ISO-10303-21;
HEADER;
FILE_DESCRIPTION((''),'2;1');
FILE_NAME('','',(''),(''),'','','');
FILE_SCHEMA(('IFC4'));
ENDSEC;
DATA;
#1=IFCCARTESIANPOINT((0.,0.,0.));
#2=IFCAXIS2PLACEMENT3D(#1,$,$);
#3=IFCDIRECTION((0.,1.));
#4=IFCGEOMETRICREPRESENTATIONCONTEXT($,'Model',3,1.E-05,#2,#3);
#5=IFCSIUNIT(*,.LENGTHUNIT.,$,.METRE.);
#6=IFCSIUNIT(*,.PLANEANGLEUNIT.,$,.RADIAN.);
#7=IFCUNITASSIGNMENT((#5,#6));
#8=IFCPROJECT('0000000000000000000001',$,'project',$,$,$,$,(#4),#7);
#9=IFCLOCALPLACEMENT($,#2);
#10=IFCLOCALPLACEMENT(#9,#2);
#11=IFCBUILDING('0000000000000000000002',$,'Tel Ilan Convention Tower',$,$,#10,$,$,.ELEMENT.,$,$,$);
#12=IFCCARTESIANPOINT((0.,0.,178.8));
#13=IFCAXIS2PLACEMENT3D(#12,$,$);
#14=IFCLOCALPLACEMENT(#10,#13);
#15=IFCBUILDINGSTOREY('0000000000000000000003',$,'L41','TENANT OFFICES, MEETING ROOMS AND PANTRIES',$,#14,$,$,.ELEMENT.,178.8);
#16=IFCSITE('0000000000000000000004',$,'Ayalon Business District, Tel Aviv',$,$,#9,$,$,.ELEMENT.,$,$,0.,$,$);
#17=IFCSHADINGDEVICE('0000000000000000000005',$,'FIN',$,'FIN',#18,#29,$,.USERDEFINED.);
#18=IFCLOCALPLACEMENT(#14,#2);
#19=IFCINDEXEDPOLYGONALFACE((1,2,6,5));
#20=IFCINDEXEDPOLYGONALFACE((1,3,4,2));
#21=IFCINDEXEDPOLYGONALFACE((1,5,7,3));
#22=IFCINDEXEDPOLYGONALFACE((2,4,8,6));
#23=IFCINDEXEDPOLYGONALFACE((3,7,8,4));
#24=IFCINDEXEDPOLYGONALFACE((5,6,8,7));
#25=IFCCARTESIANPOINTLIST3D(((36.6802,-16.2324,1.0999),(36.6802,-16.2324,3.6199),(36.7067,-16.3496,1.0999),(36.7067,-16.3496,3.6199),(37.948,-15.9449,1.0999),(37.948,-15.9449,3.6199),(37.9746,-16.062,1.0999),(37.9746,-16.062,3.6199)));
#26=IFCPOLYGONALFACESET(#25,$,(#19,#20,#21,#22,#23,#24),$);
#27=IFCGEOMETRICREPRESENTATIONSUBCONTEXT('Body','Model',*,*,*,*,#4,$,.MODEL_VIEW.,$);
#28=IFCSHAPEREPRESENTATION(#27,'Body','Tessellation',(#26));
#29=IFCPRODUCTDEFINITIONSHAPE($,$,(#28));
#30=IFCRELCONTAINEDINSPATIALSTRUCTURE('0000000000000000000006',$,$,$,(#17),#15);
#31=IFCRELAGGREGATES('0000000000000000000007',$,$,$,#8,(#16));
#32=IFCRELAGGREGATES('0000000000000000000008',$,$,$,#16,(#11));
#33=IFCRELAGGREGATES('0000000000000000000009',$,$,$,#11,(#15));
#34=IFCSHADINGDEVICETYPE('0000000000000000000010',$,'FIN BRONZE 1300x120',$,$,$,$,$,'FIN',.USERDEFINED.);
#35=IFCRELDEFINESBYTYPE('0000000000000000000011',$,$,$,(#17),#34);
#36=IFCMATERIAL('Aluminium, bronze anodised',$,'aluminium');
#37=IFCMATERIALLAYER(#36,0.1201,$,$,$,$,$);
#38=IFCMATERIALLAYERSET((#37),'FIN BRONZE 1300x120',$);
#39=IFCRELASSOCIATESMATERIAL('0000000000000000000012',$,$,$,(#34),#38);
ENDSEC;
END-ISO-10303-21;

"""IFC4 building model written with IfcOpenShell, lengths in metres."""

from ifc_helpers import new_model, si_unit, direction, frame, origin, origin_2d, place, context, subcontext, project, spatial, rectangle, extrude, material, layer, layer_set, type_object, element, save


model = new_model("IFC4")

# Units and contexts
model_context = context("Model", 3, precision=1e-05, world=origin(), true_north=direction((0.0, 1.0)))
body_context = subcontext(model_context, "Body", "Model", "MODEL_VIEW")
ifc_project = project(units=[si_unit("LENGTHUNIT", "METRE"), si_unit("PLANEANGLEUNIT", "RADIAN")], contexts=[model_context])

# Site, building, storey
site_placement = place(None, origin())
site = spatial("IfcSite", under=ifc_project, at=site_placement, Name="Ayalon Business District, Tel Aviv", CompositionType="ELEMENT", RefElevation=0.0)
building_placement = place(site_placement, origin())
building = spatial("IfcBuilding", under=site, at=building_placement, Name="Tel Ilan Convention Tower", CompositionType="ELEMENT")
storey_placement = place(building_placement, frame((0.0, 0.0, 178.8)))
storey = spatial("IfcBuildingStorey", under=building, at=storey_placement, Name="L41", Description="TENANT OFFICES, MEETING ROOMS AND PANTRIES", CompositionType="ELEMENT", Elevation=178.8)

# Shading device
ifc_material_1 = material(Name="Aluminium, bronze anodised", Category="aluminium")
ifc_layer_1 = layer(ifc_material_1, 0.1201)
ifc_layer_set_1 = layer_set([ifc_layer_1], Name="FIN BRONZE 1300x120")
shading_device_type = type_object("IfcShadingDeviceType", Name="FIN BRONZE 1300x120", ElementType="FIN", PredefinedType="USERDEFINED", material=ifc_layer_set_1)
for number, where, z_axis, x_axis, name in (
    (1, (37.3274, -16.1472, 1.0999), (0.0, 0.0, 1.0), (0.975235, 0.22117, 0.0), "FIN"),
):
    element("IfcShadingDevice", number, at=place(storey_placement, frame(where, z_axis=z_axis, x_axis=x_axis)), inside=storey, type_object=shading_device_type, Name=name, ObjectType="FIN", PredefinedType="USERDEFINED", context=body_context, shape_type="SweptSolid", body=[
        extrude(rectangle(XDim=1.3, YDim=0.1201, at=origin_2d()), origin(), (0.0, 0.0, 1.0), 2.52),
    ])

save(model, "model.ifc")
